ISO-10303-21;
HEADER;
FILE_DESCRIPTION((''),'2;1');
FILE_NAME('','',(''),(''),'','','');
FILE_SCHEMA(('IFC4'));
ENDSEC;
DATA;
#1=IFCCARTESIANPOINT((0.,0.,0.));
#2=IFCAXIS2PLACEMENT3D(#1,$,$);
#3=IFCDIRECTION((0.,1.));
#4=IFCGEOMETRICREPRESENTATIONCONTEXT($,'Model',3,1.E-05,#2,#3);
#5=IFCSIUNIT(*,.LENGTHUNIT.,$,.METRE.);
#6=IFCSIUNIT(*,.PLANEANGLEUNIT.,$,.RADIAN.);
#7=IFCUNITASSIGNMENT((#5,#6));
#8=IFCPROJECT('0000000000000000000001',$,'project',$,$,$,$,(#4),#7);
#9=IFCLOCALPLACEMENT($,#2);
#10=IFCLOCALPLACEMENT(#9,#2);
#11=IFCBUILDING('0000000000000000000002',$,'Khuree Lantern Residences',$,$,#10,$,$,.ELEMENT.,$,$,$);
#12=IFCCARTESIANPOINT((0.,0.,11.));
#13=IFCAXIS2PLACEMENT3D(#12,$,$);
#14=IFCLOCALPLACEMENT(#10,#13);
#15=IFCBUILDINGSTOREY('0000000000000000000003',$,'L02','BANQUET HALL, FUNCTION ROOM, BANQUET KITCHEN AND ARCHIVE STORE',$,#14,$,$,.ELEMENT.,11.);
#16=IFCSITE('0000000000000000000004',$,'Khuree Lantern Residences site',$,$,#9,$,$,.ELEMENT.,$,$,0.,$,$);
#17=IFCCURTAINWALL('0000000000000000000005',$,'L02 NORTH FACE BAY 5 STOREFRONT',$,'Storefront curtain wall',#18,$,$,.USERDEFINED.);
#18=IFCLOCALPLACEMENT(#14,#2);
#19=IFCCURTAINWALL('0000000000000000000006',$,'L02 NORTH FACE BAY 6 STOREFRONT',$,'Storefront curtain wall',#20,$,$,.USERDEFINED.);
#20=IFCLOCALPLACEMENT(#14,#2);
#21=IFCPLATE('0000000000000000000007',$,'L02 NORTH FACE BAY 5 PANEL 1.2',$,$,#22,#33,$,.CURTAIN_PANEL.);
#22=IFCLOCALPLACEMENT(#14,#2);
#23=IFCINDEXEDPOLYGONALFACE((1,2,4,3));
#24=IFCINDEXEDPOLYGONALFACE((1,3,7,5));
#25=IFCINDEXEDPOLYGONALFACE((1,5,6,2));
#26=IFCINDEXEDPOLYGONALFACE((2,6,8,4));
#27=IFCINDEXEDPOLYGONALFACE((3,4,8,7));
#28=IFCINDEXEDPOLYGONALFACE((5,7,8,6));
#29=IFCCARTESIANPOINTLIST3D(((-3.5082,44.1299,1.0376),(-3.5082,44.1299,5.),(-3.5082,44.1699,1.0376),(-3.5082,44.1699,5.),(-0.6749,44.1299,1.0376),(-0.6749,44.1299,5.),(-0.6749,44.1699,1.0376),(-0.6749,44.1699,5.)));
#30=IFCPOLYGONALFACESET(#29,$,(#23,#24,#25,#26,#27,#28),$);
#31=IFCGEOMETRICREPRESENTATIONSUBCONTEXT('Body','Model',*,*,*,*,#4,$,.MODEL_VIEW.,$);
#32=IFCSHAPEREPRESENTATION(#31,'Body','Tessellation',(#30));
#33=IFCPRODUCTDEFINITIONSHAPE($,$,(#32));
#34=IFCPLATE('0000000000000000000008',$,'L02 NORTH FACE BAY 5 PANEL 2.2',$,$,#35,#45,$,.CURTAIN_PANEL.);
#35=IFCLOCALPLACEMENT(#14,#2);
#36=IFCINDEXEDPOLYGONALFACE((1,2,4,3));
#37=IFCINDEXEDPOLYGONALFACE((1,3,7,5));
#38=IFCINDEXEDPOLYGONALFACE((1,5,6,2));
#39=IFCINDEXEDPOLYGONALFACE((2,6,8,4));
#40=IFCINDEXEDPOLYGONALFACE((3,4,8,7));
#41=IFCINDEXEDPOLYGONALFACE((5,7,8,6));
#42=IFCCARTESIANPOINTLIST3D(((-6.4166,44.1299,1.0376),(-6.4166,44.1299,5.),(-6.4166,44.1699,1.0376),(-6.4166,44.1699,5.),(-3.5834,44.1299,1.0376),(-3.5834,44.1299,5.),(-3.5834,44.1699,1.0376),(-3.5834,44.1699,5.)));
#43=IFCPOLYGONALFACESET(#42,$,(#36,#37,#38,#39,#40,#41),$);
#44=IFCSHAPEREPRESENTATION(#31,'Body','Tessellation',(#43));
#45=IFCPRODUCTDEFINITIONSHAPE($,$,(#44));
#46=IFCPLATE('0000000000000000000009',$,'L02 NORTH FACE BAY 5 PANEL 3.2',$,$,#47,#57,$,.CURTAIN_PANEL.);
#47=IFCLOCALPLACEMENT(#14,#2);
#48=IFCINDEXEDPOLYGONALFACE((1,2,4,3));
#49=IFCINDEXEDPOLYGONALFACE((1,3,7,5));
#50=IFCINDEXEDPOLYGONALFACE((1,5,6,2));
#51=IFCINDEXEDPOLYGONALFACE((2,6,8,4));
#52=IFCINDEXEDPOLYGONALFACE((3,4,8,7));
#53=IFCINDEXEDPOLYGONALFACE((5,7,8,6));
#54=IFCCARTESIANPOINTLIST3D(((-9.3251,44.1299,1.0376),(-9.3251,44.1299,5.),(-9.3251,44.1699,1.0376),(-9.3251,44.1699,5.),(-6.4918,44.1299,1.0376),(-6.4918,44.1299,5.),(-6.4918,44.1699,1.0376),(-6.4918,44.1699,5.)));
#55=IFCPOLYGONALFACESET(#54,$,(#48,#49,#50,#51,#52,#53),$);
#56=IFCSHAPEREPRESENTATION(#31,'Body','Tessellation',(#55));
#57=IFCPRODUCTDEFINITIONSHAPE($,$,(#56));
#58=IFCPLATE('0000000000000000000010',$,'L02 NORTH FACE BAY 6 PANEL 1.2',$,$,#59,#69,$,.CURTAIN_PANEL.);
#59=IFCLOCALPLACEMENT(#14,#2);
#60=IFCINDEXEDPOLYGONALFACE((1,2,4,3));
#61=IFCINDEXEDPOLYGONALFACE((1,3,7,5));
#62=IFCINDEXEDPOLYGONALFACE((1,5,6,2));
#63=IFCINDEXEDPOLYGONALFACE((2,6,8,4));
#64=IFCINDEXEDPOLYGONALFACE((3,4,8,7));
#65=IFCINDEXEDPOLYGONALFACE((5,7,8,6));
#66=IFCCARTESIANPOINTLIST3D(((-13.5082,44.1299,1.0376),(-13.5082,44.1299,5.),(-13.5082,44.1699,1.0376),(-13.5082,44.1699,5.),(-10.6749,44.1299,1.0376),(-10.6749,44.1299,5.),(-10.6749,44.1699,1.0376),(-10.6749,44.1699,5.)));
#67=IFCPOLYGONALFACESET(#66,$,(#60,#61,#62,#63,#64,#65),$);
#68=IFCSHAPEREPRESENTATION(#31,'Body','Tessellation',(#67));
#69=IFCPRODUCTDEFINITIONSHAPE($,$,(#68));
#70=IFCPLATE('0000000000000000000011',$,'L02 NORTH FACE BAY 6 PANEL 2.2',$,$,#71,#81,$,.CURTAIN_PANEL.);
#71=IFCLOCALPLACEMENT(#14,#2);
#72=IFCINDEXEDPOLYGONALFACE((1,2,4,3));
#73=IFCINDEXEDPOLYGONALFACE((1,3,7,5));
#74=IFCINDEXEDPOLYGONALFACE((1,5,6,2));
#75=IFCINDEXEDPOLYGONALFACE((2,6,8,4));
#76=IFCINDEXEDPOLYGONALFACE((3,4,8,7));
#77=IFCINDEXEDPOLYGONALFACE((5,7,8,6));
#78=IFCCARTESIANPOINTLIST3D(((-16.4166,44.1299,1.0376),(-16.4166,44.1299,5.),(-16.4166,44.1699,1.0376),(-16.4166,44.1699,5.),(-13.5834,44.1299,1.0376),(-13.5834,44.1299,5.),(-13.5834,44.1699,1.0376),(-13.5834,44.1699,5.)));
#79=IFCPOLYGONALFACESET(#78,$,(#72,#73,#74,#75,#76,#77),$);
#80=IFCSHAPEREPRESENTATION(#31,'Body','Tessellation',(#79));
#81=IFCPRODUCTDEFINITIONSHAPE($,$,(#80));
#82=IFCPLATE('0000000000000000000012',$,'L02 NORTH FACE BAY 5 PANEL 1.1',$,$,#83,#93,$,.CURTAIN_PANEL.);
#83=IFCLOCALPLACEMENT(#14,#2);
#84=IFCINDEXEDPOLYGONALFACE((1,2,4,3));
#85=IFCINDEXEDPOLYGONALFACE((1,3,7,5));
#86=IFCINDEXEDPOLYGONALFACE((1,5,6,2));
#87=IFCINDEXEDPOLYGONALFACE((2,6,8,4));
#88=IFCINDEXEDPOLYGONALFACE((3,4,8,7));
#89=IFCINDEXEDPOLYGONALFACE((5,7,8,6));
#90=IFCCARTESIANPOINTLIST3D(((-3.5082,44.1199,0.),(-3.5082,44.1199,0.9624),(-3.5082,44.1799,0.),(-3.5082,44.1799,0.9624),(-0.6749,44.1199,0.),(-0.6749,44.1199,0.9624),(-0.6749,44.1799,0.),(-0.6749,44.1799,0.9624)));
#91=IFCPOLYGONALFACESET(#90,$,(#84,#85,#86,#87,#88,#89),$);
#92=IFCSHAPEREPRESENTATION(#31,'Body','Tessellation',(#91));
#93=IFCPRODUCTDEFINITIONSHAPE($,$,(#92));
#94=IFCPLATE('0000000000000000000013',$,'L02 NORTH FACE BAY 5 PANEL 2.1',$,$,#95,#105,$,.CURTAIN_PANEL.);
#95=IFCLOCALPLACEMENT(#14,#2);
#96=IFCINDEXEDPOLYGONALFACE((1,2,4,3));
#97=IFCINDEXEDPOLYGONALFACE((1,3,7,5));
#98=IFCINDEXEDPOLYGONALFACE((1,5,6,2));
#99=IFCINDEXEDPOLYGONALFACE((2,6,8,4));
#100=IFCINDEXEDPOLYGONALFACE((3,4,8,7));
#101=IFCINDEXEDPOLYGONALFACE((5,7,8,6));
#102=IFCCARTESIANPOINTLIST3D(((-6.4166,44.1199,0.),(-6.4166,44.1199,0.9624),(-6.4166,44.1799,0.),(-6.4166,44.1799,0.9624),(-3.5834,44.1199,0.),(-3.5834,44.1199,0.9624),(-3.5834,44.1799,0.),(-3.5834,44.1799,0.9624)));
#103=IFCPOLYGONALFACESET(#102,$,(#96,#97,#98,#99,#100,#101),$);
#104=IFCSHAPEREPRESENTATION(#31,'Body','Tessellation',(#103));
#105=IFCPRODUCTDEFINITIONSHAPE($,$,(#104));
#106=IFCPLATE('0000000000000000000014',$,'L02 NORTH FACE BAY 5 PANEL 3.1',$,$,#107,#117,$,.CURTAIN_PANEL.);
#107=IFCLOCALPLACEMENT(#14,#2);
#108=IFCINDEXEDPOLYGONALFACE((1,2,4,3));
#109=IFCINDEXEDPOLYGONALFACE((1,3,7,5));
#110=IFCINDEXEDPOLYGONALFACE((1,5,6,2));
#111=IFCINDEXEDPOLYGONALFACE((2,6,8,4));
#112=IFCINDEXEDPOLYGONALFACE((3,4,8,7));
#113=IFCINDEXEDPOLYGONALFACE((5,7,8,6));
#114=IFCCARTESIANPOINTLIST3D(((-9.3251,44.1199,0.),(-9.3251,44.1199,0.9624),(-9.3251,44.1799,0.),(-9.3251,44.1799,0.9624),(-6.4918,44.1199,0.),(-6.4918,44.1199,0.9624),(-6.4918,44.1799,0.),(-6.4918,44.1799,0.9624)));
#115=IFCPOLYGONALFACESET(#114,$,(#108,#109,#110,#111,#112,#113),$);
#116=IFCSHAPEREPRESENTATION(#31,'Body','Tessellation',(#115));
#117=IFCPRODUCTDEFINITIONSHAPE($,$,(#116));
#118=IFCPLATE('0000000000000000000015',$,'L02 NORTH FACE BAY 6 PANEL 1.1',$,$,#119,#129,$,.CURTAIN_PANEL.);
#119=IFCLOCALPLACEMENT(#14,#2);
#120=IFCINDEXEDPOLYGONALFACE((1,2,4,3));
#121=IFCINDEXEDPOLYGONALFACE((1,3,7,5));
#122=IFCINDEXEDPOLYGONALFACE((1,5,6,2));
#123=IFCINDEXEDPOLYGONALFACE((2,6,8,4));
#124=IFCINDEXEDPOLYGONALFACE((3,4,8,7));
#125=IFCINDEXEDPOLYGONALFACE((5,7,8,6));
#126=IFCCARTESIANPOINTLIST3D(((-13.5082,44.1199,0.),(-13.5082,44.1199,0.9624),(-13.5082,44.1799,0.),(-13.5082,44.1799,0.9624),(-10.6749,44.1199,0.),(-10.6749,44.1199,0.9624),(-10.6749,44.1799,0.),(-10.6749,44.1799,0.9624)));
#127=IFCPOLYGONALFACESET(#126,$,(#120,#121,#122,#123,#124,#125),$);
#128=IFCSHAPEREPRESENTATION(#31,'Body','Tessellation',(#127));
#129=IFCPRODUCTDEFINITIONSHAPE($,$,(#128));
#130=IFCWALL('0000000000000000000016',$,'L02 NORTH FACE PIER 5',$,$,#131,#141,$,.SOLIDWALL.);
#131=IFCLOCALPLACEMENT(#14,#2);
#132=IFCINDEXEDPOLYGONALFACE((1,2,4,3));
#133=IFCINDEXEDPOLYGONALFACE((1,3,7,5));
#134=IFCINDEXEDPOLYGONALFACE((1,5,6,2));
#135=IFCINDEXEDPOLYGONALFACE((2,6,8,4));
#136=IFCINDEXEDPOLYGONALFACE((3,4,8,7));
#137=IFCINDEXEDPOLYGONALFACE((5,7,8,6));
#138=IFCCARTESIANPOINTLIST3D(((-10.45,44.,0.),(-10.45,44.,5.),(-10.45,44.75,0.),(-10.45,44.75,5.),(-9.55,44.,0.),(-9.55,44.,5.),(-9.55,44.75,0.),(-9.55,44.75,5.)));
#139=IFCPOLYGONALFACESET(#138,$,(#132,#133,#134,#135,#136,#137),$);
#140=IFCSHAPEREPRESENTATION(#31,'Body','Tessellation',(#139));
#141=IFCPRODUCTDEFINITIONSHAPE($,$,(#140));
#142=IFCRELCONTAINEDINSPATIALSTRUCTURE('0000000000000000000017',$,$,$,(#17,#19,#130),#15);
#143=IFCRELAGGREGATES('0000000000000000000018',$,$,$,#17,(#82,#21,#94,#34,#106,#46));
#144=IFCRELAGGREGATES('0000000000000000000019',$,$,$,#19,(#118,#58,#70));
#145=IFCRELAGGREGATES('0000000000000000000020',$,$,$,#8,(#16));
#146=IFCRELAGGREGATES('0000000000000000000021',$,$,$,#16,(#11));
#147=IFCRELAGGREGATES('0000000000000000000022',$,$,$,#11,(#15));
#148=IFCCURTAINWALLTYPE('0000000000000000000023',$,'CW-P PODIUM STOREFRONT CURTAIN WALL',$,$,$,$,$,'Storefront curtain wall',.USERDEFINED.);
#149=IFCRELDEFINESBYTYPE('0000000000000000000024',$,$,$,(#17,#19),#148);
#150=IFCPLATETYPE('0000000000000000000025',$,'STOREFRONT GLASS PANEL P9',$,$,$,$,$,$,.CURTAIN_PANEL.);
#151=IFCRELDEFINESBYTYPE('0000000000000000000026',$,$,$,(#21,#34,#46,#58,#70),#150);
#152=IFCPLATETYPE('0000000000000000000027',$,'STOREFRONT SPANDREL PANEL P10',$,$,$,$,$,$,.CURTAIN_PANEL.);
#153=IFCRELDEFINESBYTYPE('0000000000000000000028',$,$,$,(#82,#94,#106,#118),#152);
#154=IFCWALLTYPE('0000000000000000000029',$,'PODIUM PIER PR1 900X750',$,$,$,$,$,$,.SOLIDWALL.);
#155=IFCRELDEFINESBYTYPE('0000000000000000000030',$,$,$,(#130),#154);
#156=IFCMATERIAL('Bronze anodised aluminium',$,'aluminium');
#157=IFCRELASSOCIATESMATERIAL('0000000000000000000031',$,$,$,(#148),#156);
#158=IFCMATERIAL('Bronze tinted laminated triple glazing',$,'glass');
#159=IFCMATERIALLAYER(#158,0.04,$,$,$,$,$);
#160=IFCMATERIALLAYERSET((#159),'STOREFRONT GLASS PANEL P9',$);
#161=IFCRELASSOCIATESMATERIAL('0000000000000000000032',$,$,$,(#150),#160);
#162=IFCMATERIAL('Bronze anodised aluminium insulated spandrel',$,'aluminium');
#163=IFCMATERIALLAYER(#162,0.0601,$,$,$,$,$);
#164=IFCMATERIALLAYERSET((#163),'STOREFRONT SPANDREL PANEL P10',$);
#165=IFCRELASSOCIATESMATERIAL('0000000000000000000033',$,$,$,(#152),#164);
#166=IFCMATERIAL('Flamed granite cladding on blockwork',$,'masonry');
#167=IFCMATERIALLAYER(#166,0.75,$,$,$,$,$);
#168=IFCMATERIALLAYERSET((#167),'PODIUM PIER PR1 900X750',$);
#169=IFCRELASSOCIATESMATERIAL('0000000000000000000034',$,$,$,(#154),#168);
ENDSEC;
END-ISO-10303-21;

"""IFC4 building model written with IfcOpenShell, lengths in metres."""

from ifc_helpers import new_model, si_unit, direction, frame, frame_2d, origin, origin_2d, place, context, subcontext, project, spatial, rectangle, extrude, material, layer, layer_set, type_object, element, aggregate, save


model = new_model("IFC4")

# Units and contexts
model_context = context("Model", 3, precision=1e-05, world=origin(), true_north=direction((0.0, 1.0)))
body_context = subcontext(model_context, "Body", "Model", "MODEL_VIEW")
ifc_project = project(units=[si_unit("LENGTHUNIT", "METRE"), si_unit("PLANEANGLEUNIT", "RADIAN")], contexts=[model_context])

# Site, building, storey
site_placement = place(None, origin())
site = spatial("IfcSite", under=ifc_project, at=site_placement, Name="Khuree Lantern Residences site", CompositionType="ELEMENT", RefElevation=0.0)
building_placement = place(site_placement, origin())
building = spatial("IfcBuilding", under=site, at=building_placement, Name="Khuree Lantern Residences", CompositionType="ELEMENT")
storey_placement = place(building_placement, frame((0.0, 0.0, 11.0)))
storey = spatial("IfcBuildingStorey", under=building, at=storey_placement, Name="L02", Description="BANQUET HALL, FUNCTION ROOM, BANQUET KITCHEN AND ARCHIVE STORE", CompositionType="ELEMENT", Elevation=11.0)

# Curtain walls
ifc_material_1 = material(Name="Bronze anodised aluminium", Category="aluminium")
curtain_wall_type = type_object("IfcCurtainWallType", Name="CW-P PODIUM STOREFRONT CURTAIN WALL", ElementType="Storefront curtain wall", PredefinedType="USERDEFINED", material=ifc_material_1)
curtain_wall_1_placement = place(storey_placement, origin())
curtain_wall_1 = element("IfcCurtainWall", 1, at=curtain_wall_1_placement, inside=storey, type_object=curtain_wall_type, Name="L02 NORTH FACE BAY 5 STOREFRONT", ObjectType="Storefront curtain wall", PredefinedType="USERDEFINED")
curtain_wall_2_placement = place(storey_placement, origin())
curtain_wall_2 = element("IfcCurtainWall", 2, at=curtain_wall_2_placement, inside=storey, type_object=curtain_wall_type, Name="L02 NORTH FACE BAY 6 STOREFRONT", ObjectType="Storefront curtain wall", PredefinedType="USERDEFINED")

# Plates
ifc_material_2 = material(Name="Bronze tinted laminated triple glazing", Category="glass")
ifc_layer_1 = layer(ifc_material_2, 0.04)
ifc_layer_set_1 = layer_set([ifc_layer_1], Name="STOREFRONT GLASS PANEL P9")
plate_type_1 = type_object("IfcPlateType", Name="STOREFRONT GLASS PANEL P9", PredefinedType="CURTAIN_PANEL", material=ifc_layer_set_1)
plate_1_placement = place(storey_placement, frame((-2.0916, 44.1499, 1.0376), z_axis=(0.0, 0.0, 1.0), x_axis=(-1.0, 0.0, 0.0)))
plate_1 = element("IfcPlate", 3, at=plate_1_placement, type_object=plate_type_1, Name="L02 NORTH FACE BAY 5 PANEL 1.2", PredefinedType="CURTAIN_PANEL", context=body_context, shape_type="SweptSolid", body=[
    extrude(rectangle(XDim=2.8333, YDim=0.04, at=origin_2d()), origin(), (0.0, 0.0, 1.0), 3.9624),
])
plate_2_placement = place(storey_placement, frame((-5.0, 44.1499, 1.0376), z_axis=(0.0, 0.0, 1.0), x_axis=(-1.0, 0.0, 0.0)))
plate_2 = element("IfcPlate", 4, at=plate_2_placement, type_object=plate_type_1, Name="L02 NORTH FACE BAY 5 PANEL 2.2", PredefinedType="CURTAIN_PANEL", context=body_context, shape_type="SweptSolid", body=[
    extrude(rectangle(XDim=2.8333, YDim=0.04, at=origin_2d()), origin(), (0.0, 0.0, 1.0), 3.9624),
])
plate_3_placement = place(storey_placement, frame((-7.9084, 44.1499, 1.0376), z_axis=(0.0, 0.0, 1.0), x_axis=(-1.0, 0.0, 0.0)))
plate_3 = element("IfcPlate", 5, at=plate_3_placement, type_object=plate_type_1, Name="L02 NORTH FACE BAY 5 PANEL 3.2", PredefinedType="CURTAIN_PANEL", context=body_context, shape_type="SweptSolid", body=[
    extrude(rectangle(XDim=2.8333, YDim=0.04, at=origin_2d()), origin(), (0.0, 0.0, 1.0), 3.9624),
])
plate_4_placement = place(storey_placement, frame((-12.0916, 44.1499, 1.0376), z_axis=(0.0, 0.0, 1.0), x_axis=(-1.0, 0.0, 0.0)))
plate_4 = element("IfcPlate", 6, at=plate_4_placement, type_object=plate_type_1, Name="L02 NORTH FACE BAY 6 PANEL 1.2", PredefinedType="CURTAIN_PANEL", context=body_context, shape_type="SweptSolid", body=[
    extrude(rectangle(XDim=2.8333, YDim=0.04, at=origin_2d()), origin(), (0.0, 0.0, 1.0), 3.9624),
])
plate_5_placement = place(storey_placement, frame((-15.0, 44.1499, 1.0376), z_axis=(0.0, 0.0, 1.0), x_axis=(-1.0, 0.0, 0.0)))
plate_5 = element("IfcPlate", 7, at=plate_5_placement, type_object=plate_type_1, Name="L02 NORTH FACE BAY 6 PANEL 2.2", PredefinedType="CURTAIN_PANEL", context=body_context, shape_type="SweptSolid", body=[
    extrude(rectangle(XDim=2.8333, YDim=0.04, at=origin_2d()), origin(), (0.0, 0.0, 1.0), 3.9624),
])
ifc_material_3 = material(Name="Bronze anodised aluminium insulated spandrel", Category="aluminium")
ifc_layer_2 = layer(ifc_material_3, 0.0601)
ifc_layer_set_2 = layer_set([ifc_layer_2], Name="STOREFRONT SPANDREL PANEL P10")
plate_type_2 = type_object("IfcPlateType", Name="STOREFRONT SPANDREL PANEL P10", PredefinedType="CURTAIN_PANEL", material=ifc_layer_set_2)
plate_6_placement = place(storey_placement, frame((-2.0916, 44.1499, 0.0), z_axis=(0.0, 0.0, 1.0), x_axis=(-1.0, 0.0, 0.0)))
plate_6 = element("IfcPlate", 8, at=plate_6_placement, type_object=plate_type_2, Name="L02 NORTH FACE BAY 5 PANEL 1.1", PredefinedType="CURTAIN_PANEL", context=body_context, shape_type="SweptSolid", body=[
    extrude(rectangle(XDim=2.8333, YDim=0.0601, at=origin_2d()), origin(), (0.0, 0.0, 1.0), 0.9624),
])
plate_7_placement = place(storey_placement, frame((-5.0, 44.1499, 0.0), z_axis=(0.0, 0.0, 1.0), x_axis=(-1.0, 0.0, 0.0)))
plate_7 = element("IfcPlate", 9, at=plate_7_placement, type_object=plate_type_2, Name="L02 NORTH FACE BAY 5 PANEL 2.1", PredefinedType="CURTAIN_PANEL", context=body_context, shape_type="SweptSolid", body=[
    extrude(rectangle(XDim=2.8333, YDim=0.0601, at=origin_2d()), origin(), (0.0, 0.0, 1.0), 0.9624),
])
plate_8_placement = place(storey_placement, frame((-7.9084, 44.1499, 0.0), z_axis=(0.0, 0.0, 1.0), x_axis=(-1.0, 0.0, 0.0)))
plate_8 = element("IfcPlate", 10, at=plate_8_placement, type_object=plate_type_2, Name="L02 NORTH FACE BAY 5 PANEL 3.1", PredefinedType="CURTAIN_PANEL", context=body_context, shape_type="SweptSolid", body=[
    extrude(rectangle(XDim=2.8333, YDim=0.0601, at=origin_2d()), origin(), (0.0, 0.0, 1.0), 0.9624),
])
aggregate(curtain_wall_1, [plate_6, plate_1, plate_7, plate_2, plate_8, plate_3])
plate_9_placement = place(storey_placement, frame((-12.0916, 44.1499, 0.0), z_axis=(0.0, 0.0, 1.0), x_axis=(-1.0, 0.0, 0.0)))
plate_9 = element("IfcPlate", 11, at=plate_9_placement, type_object=plate_type_2, Name="L02 NORTH FACE BAY 6 PANEL 1.1", PredefinedType="CURTAIN_PANEL", context=body_context, shape_type="SweptSolid", body=[
    extrude(rectangle(XDim=2.8333, YDim=0.0601, at=origin_2d()), origin(), (0.0, 0.0, 1.0), 0.9624),
])
aggregate(curtain_wall_2, [plate_9, plate_4, plate_5])

# Wall
ifc_material_4 = material(Name="Flamed granite cladding on blockwork", Category="masonry")
ifc_layer_3 = layer(ifc_material_4, 0.75)
ifc_layer_set_3 = layer_set([ifc_layer_3], Name="PODIUM PIER PR1 900X750")
wall_type = type_object("IfcWallType", Name="PODIUM PIER PR1 900X750", PredefinedType="SOLIDWALL", material=ifc_layer_set_3)
wall_placement = place(storey_placement, frame((-9.55, 44.375, 0.0), z_axis=(0.0, 0.0, 1.0), x_axis=(-1.0, 0.0, 0.0)))
element("IfcWall", 12, at=wall_placement, inside=storey, type_object=wall_type, Name="L02 NORTH FACE PIER 5", PredefinedType="SOLIDWALL", context=body_context, shape_type="SweptSolid", body=[
    extrude(rectangle(XDim=0.8999, YDim=0.75, at=frame_2d((0.45, 0.0))), origin(), (0.0, 0.0, 1.0), 5.0),
])

save(model, "model.ifc")
